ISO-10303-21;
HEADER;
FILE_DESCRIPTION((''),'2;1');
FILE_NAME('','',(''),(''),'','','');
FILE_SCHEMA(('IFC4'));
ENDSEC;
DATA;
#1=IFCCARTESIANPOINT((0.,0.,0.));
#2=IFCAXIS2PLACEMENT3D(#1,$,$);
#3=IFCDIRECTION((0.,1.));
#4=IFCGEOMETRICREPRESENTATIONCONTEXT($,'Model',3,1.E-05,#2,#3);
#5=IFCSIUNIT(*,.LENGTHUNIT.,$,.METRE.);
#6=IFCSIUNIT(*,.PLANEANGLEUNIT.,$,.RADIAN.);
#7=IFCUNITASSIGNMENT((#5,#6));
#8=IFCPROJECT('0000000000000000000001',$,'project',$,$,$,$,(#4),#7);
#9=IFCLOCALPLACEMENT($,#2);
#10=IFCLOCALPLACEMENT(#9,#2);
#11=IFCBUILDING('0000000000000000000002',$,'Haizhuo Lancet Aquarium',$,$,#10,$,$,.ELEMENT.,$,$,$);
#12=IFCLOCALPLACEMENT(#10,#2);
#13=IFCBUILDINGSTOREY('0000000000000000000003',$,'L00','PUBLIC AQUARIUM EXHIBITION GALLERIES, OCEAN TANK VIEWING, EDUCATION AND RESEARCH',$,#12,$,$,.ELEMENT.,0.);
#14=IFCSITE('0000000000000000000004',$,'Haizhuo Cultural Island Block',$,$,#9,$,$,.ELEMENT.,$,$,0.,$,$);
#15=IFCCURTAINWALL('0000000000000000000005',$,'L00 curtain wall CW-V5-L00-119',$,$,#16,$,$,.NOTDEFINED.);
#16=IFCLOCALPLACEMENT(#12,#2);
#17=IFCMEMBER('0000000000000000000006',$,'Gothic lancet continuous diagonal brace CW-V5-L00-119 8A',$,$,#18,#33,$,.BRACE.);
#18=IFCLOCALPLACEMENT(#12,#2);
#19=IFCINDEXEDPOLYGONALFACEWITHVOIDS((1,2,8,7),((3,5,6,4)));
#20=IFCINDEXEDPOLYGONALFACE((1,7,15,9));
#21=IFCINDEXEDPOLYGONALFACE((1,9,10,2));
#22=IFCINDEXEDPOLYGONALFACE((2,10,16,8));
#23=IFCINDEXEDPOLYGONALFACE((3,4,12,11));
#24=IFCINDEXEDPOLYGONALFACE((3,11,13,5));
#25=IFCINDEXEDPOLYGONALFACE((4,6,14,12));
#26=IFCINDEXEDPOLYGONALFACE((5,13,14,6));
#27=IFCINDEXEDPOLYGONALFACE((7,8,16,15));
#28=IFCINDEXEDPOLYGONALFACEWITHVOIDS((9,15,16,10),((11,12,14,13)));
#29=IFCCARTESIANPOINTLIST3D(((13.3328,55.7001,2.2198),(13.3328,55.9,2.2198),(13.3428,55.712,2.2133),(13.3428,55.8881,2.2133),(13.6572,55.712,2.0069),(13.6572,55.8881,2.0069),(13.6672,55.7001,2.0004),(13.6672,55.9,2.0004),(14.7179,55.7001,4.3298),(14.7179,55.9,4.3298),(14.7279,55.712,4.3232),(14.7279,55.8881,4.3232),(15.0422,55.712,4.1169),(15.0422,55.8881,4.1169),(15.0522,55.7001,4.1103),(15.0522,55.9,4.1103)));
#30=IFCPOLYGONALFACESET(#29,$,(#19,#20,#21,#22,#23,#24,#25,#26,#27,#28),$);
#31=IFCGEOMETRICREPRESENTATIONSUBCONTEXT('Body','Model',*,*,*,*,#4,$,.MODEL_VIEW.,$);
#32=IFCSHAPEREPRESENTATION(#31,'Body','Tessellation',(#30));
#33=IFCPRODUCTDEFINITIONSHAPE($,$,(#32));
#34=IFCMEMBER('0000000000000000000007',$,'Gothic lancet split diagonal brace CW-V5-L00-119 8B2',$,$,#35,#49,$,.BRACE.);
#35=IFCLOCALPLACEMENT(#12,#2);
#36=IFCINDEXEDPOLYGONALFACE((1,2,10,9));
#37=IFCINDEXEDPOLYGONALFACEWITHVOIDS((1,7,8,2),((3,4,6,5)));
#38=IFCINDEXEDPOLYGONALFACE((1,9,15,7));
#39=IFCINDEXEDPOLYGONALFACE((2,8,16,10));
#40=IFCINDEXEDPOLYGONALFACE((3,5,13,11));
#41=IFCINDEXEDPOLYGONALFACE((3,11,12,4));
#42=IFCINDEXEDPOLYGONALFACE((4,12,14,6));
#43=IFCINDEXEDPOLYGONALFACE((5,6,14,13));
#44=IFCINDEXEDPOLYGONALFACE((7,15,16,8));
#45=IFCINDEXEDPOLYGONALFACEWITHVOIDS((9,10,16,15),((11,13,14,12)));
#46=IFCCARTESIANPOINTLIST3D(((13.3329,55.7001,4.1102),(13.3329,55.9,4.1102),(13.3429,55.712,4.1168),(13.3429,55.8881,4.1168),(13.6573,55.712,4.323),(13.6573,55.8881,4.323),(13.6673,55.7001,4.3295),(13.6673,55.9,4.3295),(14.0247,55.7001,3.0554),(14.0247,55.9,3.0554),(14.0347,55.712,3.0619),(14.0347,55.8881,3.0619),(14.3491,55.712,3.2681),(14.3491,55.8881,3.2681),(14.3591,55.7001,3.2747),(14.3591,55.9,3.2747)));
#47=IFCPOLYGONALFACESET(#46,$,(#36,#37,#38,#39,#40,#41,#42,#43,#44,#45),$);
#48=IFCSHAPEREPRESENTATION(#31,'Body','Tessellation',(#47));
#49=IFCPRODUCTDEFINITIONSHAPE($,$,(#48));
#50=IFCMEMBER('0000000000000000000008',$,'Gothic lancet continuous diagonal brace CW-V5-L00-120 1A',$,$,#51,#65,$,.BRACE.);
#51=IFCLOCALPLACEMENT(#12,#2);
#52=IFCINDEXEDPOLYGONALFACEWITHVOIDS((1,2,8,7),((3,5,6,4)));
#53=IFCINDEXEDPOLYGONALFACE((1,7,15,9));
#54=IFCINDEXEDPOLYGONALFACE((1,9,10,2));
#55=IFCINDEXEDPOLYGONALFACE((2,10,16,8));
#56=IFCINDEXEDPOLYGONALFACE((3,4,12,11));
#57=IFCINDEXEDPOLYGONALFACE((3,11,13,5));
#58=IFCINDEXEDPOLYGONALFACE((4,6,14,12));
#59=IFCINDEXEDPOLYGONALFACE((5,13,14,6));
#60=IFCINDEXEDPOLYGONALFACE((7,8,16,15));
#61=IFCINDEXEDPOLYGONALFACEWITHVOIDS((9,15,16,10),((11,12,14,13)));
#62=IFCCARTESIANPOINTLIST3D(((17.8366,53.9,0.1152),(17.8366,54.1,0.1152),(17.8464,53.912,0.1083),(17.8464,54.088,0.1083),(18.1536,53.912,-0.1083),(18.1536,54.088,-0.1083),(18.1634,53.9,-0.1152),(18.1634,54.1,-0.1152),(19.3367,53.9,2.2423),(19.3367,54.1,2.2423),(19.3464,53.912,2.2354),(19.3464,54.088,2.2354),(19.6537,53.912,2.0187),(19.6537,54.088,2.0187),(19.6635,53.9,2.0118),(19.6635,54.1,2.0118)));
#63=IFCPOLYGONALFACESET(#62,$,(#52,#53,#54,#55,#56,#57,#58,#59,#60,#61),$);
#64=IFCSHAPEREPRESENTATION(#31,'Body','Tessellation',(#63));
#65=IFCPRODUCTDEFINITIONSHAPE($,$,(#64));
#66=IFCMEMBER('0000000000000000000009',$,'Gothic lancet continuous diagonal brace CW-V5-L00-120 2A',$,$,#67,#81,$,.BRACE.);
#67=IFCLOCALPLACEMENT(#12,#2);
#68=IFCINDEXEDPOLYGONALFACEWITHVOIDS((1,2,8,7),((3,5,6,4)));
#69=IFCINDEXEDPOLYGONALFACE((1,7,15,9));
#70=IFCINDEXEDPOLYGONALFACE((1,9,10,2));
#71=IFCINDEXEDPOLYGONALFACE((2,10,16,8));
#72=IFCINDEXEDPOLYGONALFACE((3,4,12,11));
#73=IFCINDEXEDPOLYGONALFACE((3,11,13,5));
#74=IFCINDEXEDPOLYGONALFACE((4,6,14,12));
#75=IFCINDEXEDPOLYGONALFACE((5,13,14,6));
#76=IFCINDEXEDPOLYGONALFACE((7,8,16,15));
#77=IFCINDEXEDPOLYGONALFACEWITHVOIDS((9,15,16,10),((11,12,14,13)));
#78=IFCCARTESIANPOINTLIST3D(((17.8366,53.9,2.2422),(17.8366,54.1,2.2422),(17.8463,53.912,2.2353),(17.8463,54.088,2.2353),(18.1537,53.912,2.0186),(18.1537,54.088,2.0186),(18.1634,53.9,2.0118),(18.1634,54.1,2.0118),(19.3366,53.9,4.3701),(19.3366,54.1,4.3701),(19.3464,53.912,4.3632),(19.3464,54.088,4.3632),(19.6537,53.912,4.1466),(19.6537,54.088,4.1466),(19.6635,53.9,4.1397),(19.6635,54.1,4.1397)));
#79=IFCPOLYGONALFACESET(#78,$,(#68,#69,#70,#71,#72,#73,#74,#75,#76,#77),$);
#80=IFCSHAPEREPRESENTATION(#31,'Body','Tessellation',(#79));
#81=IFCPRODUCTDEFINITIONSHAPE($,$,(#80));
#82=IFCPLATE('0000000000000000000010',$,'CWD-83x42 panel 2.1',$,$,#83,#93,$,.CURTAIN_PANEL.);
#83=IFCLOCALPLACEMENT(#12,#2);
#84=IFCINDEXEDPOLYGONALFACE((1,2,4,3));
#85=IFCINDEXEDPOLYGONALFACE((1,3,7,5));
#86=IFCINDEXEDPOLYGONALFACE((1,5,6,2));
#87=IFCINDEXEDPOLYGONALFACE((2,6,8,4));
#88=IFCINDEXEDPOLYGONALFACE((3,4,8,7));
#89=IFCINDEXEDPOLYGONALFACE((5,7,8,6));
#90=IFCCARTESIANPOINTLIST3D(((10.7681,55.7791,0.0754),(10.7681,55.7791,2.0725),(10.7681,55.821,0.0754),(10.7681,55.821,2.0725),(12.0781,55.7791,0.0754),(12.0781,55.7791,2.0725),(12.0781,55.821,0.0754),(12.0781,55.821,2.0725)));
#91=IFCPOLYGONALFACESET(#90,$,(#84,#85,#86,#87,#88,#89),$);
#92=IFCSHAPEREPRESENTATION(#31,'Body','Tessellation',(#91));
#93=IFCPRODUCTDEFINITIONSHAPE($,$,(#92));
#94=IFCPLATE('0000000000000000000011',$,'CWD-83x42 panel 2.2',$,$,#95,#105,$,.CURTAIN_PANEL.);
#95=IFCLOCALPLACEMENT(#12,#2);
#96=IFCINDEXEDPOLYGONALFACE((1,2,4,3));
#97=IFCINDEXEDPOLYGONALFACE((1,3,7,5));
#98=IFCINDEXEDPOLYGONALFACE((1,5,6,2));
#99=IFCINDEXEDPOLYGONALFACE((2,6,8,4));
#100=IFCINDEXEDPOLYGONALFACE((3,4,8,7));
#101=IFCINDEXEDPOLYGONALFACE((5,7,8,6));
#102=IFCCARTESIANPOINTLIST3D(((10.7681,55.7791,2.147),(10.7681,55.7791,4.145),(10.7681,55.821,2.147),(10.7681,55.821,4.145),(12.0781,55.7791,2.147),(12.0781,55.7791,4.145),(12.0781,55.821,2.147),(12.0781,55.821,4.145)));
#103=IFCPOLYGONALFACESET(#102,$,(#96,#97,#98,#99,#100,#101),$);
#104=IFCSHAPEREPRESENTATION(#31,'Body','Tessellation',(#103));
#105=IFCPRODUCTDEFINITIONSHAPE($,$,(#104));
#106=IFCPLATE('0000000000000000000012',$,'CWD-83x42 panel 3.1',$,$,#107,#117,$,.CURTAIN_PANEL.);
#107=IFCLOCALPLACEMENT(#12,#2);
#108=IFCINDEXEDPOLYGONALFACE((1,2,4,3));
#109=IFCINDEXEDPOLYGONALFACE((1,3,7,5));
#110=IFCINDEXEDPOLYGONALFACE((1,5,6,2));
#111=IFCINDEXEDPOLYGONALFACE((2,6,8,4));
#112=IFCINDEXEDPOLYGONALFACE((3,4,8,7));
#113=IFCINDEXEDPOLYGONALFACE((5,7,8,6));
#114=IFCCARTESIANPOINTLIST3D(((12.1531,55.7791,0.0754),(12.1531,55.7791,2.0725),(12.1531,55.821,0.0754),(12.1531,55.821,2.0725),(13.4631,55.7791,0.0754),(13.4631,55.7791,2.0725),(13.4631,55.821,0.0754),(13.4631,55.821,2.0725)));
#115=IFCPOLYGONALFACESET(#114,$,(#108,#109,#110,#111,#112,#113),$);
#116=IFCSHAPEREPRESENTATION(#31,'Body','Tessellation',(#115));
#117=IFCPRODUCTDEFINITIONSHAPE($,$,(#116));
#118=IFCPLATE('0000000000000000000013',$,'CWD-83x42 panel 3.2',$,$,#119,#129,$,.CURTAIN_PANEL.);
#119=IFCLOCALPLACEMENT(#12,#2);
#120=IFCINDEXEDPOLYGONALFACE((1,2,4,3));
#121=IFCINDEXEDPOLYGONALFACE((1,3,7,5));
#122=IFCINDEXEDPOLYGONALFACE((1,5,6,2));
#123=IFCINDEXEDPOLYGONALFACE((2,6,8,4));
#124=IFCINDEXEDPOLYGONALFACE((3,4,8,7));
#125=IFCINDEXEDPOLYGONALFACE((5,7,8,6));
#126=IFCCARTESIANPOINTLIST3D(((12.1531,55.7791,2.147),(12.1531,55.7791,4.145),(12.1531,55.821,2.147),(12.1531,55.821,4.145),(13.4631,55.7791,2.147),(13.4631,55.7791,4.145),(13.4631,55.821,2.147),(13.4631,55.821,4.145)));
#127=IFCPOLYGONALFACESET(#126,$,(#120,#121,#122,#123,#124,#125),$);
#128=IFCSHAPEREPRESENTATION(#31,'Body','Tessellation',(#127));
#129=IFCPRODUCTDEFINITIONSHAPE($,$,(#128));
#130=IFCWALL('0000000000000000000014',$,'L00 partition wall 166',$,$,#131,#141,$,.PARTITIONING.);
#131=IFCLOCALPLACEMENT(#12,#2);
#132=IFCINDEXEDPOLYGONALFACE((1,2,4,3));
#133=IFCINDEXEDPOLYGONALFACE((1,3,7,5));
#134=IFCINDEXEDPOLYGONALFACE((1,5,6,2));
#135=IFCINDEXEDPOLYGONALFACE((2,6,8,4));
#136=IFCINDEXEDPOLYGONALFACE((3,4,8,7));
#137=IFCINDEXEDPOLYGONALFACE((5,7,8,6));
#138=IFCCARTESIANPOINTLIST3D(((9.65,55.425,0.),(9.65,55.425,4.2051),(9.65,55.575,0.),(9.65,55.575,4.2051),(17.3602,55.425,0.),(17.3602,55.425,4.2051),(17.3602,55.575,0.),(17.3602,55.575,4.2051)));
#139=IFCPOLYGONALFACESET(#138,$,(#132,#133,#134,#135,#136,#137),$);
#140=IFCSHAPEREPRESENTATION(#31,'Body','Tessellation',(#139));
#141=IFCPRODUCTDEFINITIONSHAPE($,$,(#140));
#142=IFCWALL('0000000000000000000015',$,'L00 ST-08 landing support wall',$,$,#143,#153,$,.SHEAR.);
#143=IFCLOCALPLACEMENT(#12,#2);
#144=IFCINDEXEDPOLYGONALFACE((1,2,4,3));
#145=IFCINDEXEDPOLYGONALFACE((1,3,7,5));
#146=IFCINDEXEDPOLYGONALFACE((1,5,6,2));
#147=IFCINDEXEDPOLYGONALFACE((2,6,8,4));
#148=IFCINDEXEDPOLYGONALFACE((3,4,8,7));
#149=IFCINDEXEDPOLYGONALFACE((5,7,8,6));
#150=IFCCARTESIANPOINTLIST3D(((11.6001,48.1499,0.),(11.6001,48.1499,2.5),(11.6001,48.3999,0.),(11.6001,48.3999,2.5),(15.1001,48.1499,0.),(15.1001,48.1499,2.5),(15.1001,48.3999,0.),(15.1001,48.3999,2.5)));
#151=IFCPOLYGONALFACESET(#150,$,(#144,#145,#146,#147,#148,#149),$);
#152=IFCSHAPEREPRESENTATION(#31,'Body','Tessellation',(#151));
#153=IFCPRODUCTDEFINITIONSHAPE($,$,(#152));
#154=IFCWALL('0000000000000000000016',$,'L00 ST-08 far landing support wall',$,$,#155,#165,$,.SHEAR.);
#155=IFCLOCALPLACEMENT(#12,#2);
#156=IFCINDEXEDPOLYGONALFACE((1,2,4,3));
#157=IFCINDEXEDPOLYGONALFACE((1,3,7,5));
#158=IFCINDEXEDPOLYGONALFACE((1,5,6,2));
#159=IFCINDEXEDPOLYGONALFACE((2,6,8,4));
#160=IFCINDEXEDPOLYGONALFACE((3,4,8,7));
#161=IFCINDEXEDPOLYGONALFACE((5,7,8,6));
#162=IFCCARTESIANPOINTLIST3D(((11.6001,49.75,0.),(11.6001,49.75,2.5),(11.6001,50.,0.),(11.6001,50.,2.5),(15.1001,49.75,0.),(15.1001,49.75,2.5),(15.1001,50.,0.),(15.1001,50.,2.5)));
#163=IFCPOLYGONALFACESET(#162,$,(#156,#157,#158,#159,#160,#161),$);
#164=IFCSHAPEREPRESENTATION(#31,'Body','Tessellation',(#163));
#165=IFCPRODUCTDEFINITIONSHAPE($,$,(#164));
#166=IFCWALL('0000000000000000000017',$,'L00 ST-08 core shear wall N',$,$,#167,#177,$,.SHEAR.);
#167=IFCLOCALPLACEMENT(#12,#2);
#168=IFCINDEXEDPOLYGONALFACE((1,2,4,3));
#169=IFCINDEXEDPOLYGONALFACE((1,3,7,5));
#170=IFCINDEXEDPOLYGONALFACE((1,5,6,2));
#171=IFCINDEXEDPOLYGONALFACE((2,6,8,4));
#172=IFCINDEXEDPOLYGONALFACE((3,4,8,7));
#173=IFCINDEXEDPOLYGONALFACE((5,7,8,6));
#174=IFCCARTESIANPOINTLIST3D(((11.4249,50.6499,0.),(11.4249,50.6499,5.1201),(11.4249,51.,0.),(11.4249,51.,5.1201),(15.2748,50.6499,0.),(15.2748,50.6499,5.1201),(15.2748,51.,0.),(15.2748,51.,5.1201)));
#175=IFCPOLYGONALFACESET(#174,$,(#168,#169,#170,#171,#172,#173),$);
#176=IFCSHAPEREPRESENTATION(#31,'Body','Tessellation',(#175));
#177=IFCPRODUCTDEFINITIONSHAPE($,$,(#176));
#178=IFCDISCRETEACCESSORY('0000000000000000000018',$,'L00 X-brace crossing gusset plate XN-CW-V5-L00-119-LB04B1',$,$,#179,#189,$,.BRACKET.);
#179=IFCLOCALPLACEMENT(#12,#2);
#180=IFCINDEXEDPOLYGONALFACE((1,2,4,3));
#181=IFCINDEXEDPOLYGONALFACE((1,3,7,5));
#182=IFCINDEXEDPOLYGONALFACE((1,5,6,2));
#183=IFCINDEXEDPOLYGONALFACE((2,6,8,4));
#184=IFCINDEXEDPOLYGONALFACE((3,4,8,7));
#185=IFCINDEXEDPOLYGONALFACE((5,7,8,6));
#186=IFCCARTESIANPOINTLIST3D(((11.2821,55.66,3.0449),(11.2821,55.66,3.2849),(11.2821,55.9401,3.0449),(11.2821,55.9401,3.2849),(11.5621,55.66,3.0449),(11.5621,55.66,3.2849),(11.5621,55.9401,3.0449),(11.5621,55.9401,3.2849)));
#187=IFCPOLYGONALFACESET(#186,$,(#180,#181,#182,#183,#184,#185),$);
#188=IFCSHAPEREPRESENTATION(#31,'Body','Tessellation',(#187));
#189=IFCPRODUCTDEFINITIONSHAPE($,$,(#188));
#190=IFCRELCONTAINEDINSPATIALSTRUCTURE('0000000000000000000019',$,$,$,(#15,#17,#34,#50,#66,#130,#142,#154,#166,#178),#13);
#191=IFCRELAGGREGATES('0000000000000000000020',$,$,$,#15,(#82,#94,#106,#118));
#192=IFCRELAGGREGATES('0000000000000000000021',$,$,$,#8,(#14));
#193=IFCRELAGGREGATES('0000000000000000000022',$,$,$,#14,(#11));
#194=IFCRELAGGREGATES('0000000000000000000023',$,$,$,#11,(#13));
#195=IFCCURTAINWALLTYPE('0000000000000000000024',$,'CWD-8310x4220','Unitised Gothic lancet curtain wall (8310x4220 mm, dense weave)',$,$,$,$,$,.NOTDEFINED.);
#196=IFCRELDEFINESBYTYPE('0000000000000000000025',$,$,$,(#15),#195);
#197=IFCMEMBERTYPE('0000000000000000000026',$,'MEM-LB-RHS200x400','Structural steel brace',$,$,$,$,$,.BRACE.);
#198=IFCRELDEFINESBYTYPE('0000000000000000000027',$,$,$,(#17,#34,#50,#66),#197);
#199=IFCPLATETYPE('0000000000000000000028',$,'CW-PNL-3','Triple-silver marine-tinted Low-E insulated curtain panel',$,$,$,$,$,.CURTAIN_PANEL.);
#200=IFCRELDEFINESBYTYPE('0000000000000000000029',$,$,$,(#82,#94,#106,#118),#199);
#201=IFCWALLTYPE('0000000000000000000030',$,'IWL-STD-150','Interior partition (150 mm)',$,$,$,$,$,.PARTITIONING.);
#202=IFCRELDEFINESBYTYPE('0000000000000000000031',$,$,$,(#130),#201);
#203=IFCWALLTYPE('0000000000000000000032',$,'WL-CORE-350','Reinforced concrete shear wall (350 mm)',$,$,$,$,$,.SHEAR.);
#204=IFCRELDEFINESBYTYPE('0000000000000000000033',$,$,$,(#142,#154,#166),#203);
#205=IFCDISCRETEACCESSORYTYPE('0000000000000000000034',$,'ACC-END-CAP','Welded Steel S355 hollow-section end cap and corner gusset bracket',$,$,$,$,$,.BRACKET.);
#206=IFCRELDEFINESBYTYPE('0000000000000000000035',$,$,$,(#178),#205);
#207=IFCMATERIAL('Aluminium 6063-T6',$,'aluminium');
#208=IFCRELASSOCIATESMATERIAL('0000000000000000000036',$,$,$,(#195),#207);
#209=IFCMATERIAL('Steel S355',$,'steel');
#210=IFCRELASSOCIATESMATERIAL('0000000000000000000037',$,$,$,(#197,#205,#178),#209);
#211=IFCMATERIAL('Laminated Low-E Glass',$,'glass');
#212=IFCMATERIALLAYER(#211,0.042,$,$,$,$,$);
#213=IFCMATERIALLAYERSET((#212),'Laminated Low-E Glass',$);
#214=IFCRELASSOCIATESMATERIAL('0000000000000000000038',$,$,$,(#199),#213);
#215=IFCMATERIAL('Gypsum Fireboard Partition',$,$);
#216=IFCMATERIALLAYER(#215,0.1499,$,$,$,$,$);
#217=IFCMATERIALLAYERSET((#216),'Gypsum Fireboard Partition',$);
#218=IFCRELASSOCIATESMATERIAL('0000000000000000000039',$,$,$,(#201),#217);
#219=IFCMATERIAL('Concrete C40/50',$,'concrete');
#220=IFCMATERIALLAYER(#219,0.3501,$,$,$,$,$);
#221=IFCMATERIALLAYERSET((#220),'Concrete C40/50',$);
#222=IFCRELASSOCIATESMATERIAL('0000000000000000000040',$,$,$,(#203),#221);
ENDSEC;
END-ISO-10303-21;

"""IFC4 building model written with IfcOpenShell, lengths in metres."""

from ifc_helpers import new_model, si_unit, direction, frame, frame_2d, origin, origin_2d, place, context, subcontext, project, spatial, rectangle, hollow_rectangle, extrude, material, layer, layer_set, material_profile, profile_set, type_object, element, aggregate, save


model = new_model("IFC4")

# Units and contexts
model_context = context("Model", 3, precision=1e-05, world=origin(), true_north=direction((0.0, 1.0)))
body_context = subcontext(model_context, "Body", "Model", "MODEL_VIEW")
ifc_project = project(units=[si_unit("LENGTHUNIT", "METRE"), si_unit("PLANEANGLEUNIT", "RADIAN")], contexts=[model_context])

# Site, building, storey
site_placement = place(None, origin())
site = spatial("IfcSite", under=ifc_project, at=site_placement, Name="Haizhuo Cultural Island Block", CompositionType="ELEMENT", RefElevation=0.0)
building_placement = place(site_placement, origin())
building = spatial("IfcBuilding", under=site, at=building_placement, Name="Haizhuo Lancet Aquarium", CompositionType="ELEMENT")
storey_placement = place(building_placement, origin())
storey = spatial("IfcBuildingStorey", under=building, at=storey_placement, Name="L00", Description="PUBLIC AQUARIUM EXHIBITION GALLERIES, OCEAN TANK VIEWING, EDUCATION AND RESEARCH", CompositionType="ELEMENT", Elevation=0.0)

# Curtain wall
ifc_material_1 = material(Name="Aluminium 6063-T6", Category="aluminium")
curtain_wall_type_1 = type_object("IfcCurtainWallType", Name="CWD-8310x4220", Description="Unitised Gothic lancet curtain wall (8310x4220 mm, dense weave)", PredefinedType="NOTDEFINED", material=ifc_material_1)
curtain_wall_1_placement = place(storey_placement, origin())
curtain_wall_1 = element("IfcCurtainWall", 1, at=curtain_wall_1_placement, inside=storey, type_object=curtain_wall_type_1, Name="L00 curtain wall CW-V5-L00-119", PredefinedType="NOTDEFINED")

# Members
ifc_material_2 = material(Name="Steel S355", Category="steel")
ifc_material_profile_1 = material_profile(ifc_material_2, hollow_rectangle(XDim=0.2, YDim=0.3999, WallThickness=0.012, at=origin_2d()), Name="RHS 200x400x12")
ifc_profile_set_1 = profile_set([ifc_material_profile_1], Name="Steel S355")
member_type_1 = type_object("IfcMemberType", Name="MEM-LB-RHS200x400", Description="Structural steel brace", PredefinedType="BRACE", material=ifc_profile_set_1)
member_1_placement = place(storey_placement, frame((13.5, 55.8, 2.1101), z_axis=(0.548771, 0.0, 0.835973), x_axis=(0.0, 1.0, 0.0)))
element("IfcMember", 2, at=member_1_placement, inside=storey, type_object=member_type_1, Name="Gothic lancet continuous diagonal brace CW-V5-L00-119 8A", PredefinedType="BRACE", context=body_context, shape_type="SweptSolid", body=[
    extrude(hollow_rectangle(XDim=0.2, YDim=0.3999, WallThickness=0.012, at=origin_2d()), origin(), (0.0, 0.0, 1.0), 2.5239),
])
member_2_placement = place(storey_placement, frame((14.1919, 55.8, 3.165), z_axis=(-0.548432, 0.0, 0.836195), x_axis=(0.0, -1.0, 0.0)))
element("IfcMember", 3, at=member_2_placement, inside=storey, type_object=member_type_1, Name="Gothic lancet split diagonal brace CW-V5-L00-119 8B2", PredefinedType="BRACE", context=body_context, shape_type="SweptSolid", body=[
    extrude(hollow_rectangle(XDim=0.2, YDim=0.3999, WallThickness=0.012, at=origin_2d()), origin(), (0.0, 0.0, 1.0), 1.2615),
])
member_3_placement = place(storey_placement, frame((18.0, 54.0, 0.0), z_axis=(0.57633, 0.0, 0.817217), x_axis=(0.0, 1.0, 0.0)))
element("IfcMember", 4, at=member_3_placement, inside=storey, type_object=member_type_1, Name="Gothic lancet continuous diagonal brace CW-V5-L00-120 1A", PredefinedType="BRACE", context=body_context, shape_type="SweptSolid", body=[
    extrude(hollow_rectangle(XDim=0.2, YDim=0.3999, WallThickness=0.012, at=origin_2d()), origin(), (0.0, 0.0, 1.0), 2.6028),
])
member_4_placement = place(storey_placement, frame((18.0, 54.0, 2.127), z_axis=(0.576153, 0.0, 0.817342), x_axis=(0.0, 1.0, 0.0)))
element("IfcMember", 5, at=member_4_placement, inside=storey, type_object=member_type_1, Name="Gothic lancet continuous diagonal brace CW-V5-L00-120 2A", PredefinedType="BRACE", context=body_context, shape_type="SweptSolid", body=[
    extrude(hollow_rectangle(XDim=0.2, YDim=0.3999, WallThickness=0.012, at=origin_2d()), origin(), (0.0, 0.0, 1.0), 2.6035),
])

# Plates
ifc_material_3 = material(Name="Laminated Low-E Glass", Category="glass")
ifc_layer_1 = layer(ifc_material_3, 0.042)
ifc_layer_set_1 = layer_set([ifc_layer_1], Name="Laminated Low-E Glass")
plate_type = type_object("IfcPlateType", Name="CW-PNL-3", Description="Triple-silver marine-tinted Low-E insulated curtain panel", PredefinedType="CURTAIN_PANEL", material=ifc_layer_set_1)
plate_1_placement = place(storey_placement, frame((11.4231, 55.8, 0.0754), z_axis=(0.0, 0.0, 1.0), x_axis=(1.0, 0.0, 0.0)))
plate_1 = element("IfcPlate", 6, at=plate_1_placement, type_object=plate_type, Name="CWD-83x42 panel 2.1", PredefinedType="CURTAIN_PANEL", context=body_context, shape_type="SweptSolid", body=[
    extrude(rectangle(XDim=1.3101, YDim=0.042, at=origin_2d()), origin(), (0.0, 0.0, 1.0), 1.9971),
])
plate_2_placement = place(storey_placement, frame((11.4231, 55.8, 2.147), z_axis=(0.0, 0.0, 1.0), x_axis=(1.0, 0.0, 0.0)))
plate_2 = element("IfcPlate", 7, at=plate_2_placement, type_object=plate_type, Name="CWD-83x42 panel 2.2", PredefinedType="CURTAIN_PANEL", context=body_context, shape_type="SweptSolid", body=[
    extrude(rectangle(XDim=1.3101, YDim=0.042, at=origin_2d()), origin(), (0.0, 0.0, 1.0), 1.998),
])
plate_3_placement = place(storey_placement, frame((12.8081, 55.8, 0.0754), z_axis=(0.0, 0.0, 1.0), x_axis=(1.0, 0.0, 0.0)))
plate_3 = element("IfcPlate", 8, at=plate_3_placement, type_object=plate_type, Name="CWD-83x42 panel 3.1", PredefinedType="CURTAIN_PANEL", context=body_context, shape_type="SweptSolid", body=[
    extrude(rectangle(XDim=1.3101, YDim=0.042, at=origin_2d()), origin(), (0.0, 0.0, 1.0), 1.9971),
])
plate_4_placement = place(storey_placement, frame((12.8081, 55.8, 2.147), z_axis=(0.0, 0.0, 1.0), x_axis=(1.0, 0.0, 0.0)))
plate_4 = element("IfcPlate", 9, at=plate_4_placement, type_object=plate_type, Name="CWD-83x42 panel 3.2", PredefinedType="CURTAIN_PANEL", context=body_context, shape_type="SweptSolid", body=[
    extrude(rectangle(XDim=1.3101, YDim=0.042, at=origin_2d()), origin(), (0.0, 0.0, 1.0), 1.998),
])
aggregate(curtain_wall_1, [plate_1, plate_2, plate_3, plate_4])

# Walls
ifc_material_4 = material(Name="Gypsum Fireboard Partition")
ifc_layer_2 = layer(ifc_material_4, 0.1499)
ifc_layer_set_2 = layer_set([ifc_layer_2], Name="Gypsum Fireboard Partition")
wall_type_1 = type_object("IfcWallType", Name="IWL-STD-150", Description="Interior partition (150 mm)", PredefinedType="PARTITIONING", material=ifc_layer_set_2)
wall_1_placement = place(storey_placement, frame((17.3601, 55.5, 0.0), z_axis=(0.0, 0.0, 1.0), x_axis=(-1.0, 0.0, 0.0)))
element("IfcWall", 10, at=wall_1_placement, inside=storey, type_object=wall_type_1, Name="L00 partition wall 166", PredefinedType="PARTITIONING", context=body_context, shape_type="SweptSolid", body=[
    extrude(rectangle(XDim=7.7102, YDim=0.1499, at=frame_2d((3.855, 0.0))), origin(), (0.0, 0.0, 1.0), 4.2051),
])
ifc_material_5 = material(Name="Concrete C40/50", Category="concrete")
ifc_layer_3 = layer(ifc_material_5, 0.3501)
ifc_layer_set_3 = layer_set([ifc_layer_3], Name="Concrete C40/50")
wall_type_2 = type_object("IfcWallType", Name="WL-CORE-350", Description="Reinforced concrete shear wall (350 mm)", PredefinedType="SHEAR", material=ifc_layer_set_3)
for number, where, z_axis, x_axis, name in (
    (11, (11.6001, 48.2749, 0.0), (0.0, 0.0, 1.0), (1.0, 0.0, 0.0), "L00 ST-08 landing support wall"),
    (12, (11.6001, 49.875, 0.0), (0.0, 0.0, 1.0), (1.0, 0.0, 0.0), "L00 ST-08 far landing support wall"),
):
    element("IfcWall", number, at=place(storey_placement, frame(where, z_axis=z_axis, x_axis=x_axis)), inside=storey, type_object=wall_type_2, Name=name, PredefinedType="SHEAR", context=body_context, shape_type="SweptSolid", body=[
        extrude(rectangle(XDim=3.5, YDim=0.25, at=frame_2d((1.75, 0.0))), origin(), (0.0, 0.0, 1.0), 2.5),
    ])
wall_2_placement = place(storey_placement, frame((11.425, 50.825, 0.0), z_axis=(0.0, 0.0, 1.0), x_axis=(1.0, 0.0, 0.0)))
element("IfcWall", 13, at=wall_2_placement, inside=storey, type_object=wall_type_2, Name="L00 ST-08 core shear wall N", PredefinedType="SHEAR", context=body_context, shape_type="SweptSolid", body=[
    extrude(rectangle(XDim=3.8499, YDim=0.3501, at=frame_2d((1.9248, 0.0))), origin(), (0.0, 0.0, 1.0), 5.1201),
])

# Discrete accessory
discrete_accessory_type = type_object("IfcDiscreteAccessoryType", Name="ACC-END-CAP", Description="Welded Steel S355 hollow-section end cap and corner gusset bracket", PredefinedType="BRACKET", material=ifc_material_2)
for number, where, z_axis, x_axis, name in (
    (14, (11.4221, 55.8, 3.0449), (0.0, 0.0, 1.0), (1.0, 0.0, 0.0), "L00 X-brace crossing gusset plate XN-CW-V5-L00-119-LB04B1"),
):
    element("IfcDiscreteAccessory", number, at=place(storey_placement, frame(where, z_axis=z_axis, x_axis=x_axis)), inside=storey, type_object=discrete_accessory_type, material=ifc_material_2, Name=name, PredefinedType="BRACKET", context=body_context, shape_type="SweptSolid", body=[
        extrude(rectangle(XDim=0.28, YDim=0.28, at=origin_2d()), origin(), (0.0, 0.0, 1.0), 0.24),
    ])

save(model, "model.ifc")
